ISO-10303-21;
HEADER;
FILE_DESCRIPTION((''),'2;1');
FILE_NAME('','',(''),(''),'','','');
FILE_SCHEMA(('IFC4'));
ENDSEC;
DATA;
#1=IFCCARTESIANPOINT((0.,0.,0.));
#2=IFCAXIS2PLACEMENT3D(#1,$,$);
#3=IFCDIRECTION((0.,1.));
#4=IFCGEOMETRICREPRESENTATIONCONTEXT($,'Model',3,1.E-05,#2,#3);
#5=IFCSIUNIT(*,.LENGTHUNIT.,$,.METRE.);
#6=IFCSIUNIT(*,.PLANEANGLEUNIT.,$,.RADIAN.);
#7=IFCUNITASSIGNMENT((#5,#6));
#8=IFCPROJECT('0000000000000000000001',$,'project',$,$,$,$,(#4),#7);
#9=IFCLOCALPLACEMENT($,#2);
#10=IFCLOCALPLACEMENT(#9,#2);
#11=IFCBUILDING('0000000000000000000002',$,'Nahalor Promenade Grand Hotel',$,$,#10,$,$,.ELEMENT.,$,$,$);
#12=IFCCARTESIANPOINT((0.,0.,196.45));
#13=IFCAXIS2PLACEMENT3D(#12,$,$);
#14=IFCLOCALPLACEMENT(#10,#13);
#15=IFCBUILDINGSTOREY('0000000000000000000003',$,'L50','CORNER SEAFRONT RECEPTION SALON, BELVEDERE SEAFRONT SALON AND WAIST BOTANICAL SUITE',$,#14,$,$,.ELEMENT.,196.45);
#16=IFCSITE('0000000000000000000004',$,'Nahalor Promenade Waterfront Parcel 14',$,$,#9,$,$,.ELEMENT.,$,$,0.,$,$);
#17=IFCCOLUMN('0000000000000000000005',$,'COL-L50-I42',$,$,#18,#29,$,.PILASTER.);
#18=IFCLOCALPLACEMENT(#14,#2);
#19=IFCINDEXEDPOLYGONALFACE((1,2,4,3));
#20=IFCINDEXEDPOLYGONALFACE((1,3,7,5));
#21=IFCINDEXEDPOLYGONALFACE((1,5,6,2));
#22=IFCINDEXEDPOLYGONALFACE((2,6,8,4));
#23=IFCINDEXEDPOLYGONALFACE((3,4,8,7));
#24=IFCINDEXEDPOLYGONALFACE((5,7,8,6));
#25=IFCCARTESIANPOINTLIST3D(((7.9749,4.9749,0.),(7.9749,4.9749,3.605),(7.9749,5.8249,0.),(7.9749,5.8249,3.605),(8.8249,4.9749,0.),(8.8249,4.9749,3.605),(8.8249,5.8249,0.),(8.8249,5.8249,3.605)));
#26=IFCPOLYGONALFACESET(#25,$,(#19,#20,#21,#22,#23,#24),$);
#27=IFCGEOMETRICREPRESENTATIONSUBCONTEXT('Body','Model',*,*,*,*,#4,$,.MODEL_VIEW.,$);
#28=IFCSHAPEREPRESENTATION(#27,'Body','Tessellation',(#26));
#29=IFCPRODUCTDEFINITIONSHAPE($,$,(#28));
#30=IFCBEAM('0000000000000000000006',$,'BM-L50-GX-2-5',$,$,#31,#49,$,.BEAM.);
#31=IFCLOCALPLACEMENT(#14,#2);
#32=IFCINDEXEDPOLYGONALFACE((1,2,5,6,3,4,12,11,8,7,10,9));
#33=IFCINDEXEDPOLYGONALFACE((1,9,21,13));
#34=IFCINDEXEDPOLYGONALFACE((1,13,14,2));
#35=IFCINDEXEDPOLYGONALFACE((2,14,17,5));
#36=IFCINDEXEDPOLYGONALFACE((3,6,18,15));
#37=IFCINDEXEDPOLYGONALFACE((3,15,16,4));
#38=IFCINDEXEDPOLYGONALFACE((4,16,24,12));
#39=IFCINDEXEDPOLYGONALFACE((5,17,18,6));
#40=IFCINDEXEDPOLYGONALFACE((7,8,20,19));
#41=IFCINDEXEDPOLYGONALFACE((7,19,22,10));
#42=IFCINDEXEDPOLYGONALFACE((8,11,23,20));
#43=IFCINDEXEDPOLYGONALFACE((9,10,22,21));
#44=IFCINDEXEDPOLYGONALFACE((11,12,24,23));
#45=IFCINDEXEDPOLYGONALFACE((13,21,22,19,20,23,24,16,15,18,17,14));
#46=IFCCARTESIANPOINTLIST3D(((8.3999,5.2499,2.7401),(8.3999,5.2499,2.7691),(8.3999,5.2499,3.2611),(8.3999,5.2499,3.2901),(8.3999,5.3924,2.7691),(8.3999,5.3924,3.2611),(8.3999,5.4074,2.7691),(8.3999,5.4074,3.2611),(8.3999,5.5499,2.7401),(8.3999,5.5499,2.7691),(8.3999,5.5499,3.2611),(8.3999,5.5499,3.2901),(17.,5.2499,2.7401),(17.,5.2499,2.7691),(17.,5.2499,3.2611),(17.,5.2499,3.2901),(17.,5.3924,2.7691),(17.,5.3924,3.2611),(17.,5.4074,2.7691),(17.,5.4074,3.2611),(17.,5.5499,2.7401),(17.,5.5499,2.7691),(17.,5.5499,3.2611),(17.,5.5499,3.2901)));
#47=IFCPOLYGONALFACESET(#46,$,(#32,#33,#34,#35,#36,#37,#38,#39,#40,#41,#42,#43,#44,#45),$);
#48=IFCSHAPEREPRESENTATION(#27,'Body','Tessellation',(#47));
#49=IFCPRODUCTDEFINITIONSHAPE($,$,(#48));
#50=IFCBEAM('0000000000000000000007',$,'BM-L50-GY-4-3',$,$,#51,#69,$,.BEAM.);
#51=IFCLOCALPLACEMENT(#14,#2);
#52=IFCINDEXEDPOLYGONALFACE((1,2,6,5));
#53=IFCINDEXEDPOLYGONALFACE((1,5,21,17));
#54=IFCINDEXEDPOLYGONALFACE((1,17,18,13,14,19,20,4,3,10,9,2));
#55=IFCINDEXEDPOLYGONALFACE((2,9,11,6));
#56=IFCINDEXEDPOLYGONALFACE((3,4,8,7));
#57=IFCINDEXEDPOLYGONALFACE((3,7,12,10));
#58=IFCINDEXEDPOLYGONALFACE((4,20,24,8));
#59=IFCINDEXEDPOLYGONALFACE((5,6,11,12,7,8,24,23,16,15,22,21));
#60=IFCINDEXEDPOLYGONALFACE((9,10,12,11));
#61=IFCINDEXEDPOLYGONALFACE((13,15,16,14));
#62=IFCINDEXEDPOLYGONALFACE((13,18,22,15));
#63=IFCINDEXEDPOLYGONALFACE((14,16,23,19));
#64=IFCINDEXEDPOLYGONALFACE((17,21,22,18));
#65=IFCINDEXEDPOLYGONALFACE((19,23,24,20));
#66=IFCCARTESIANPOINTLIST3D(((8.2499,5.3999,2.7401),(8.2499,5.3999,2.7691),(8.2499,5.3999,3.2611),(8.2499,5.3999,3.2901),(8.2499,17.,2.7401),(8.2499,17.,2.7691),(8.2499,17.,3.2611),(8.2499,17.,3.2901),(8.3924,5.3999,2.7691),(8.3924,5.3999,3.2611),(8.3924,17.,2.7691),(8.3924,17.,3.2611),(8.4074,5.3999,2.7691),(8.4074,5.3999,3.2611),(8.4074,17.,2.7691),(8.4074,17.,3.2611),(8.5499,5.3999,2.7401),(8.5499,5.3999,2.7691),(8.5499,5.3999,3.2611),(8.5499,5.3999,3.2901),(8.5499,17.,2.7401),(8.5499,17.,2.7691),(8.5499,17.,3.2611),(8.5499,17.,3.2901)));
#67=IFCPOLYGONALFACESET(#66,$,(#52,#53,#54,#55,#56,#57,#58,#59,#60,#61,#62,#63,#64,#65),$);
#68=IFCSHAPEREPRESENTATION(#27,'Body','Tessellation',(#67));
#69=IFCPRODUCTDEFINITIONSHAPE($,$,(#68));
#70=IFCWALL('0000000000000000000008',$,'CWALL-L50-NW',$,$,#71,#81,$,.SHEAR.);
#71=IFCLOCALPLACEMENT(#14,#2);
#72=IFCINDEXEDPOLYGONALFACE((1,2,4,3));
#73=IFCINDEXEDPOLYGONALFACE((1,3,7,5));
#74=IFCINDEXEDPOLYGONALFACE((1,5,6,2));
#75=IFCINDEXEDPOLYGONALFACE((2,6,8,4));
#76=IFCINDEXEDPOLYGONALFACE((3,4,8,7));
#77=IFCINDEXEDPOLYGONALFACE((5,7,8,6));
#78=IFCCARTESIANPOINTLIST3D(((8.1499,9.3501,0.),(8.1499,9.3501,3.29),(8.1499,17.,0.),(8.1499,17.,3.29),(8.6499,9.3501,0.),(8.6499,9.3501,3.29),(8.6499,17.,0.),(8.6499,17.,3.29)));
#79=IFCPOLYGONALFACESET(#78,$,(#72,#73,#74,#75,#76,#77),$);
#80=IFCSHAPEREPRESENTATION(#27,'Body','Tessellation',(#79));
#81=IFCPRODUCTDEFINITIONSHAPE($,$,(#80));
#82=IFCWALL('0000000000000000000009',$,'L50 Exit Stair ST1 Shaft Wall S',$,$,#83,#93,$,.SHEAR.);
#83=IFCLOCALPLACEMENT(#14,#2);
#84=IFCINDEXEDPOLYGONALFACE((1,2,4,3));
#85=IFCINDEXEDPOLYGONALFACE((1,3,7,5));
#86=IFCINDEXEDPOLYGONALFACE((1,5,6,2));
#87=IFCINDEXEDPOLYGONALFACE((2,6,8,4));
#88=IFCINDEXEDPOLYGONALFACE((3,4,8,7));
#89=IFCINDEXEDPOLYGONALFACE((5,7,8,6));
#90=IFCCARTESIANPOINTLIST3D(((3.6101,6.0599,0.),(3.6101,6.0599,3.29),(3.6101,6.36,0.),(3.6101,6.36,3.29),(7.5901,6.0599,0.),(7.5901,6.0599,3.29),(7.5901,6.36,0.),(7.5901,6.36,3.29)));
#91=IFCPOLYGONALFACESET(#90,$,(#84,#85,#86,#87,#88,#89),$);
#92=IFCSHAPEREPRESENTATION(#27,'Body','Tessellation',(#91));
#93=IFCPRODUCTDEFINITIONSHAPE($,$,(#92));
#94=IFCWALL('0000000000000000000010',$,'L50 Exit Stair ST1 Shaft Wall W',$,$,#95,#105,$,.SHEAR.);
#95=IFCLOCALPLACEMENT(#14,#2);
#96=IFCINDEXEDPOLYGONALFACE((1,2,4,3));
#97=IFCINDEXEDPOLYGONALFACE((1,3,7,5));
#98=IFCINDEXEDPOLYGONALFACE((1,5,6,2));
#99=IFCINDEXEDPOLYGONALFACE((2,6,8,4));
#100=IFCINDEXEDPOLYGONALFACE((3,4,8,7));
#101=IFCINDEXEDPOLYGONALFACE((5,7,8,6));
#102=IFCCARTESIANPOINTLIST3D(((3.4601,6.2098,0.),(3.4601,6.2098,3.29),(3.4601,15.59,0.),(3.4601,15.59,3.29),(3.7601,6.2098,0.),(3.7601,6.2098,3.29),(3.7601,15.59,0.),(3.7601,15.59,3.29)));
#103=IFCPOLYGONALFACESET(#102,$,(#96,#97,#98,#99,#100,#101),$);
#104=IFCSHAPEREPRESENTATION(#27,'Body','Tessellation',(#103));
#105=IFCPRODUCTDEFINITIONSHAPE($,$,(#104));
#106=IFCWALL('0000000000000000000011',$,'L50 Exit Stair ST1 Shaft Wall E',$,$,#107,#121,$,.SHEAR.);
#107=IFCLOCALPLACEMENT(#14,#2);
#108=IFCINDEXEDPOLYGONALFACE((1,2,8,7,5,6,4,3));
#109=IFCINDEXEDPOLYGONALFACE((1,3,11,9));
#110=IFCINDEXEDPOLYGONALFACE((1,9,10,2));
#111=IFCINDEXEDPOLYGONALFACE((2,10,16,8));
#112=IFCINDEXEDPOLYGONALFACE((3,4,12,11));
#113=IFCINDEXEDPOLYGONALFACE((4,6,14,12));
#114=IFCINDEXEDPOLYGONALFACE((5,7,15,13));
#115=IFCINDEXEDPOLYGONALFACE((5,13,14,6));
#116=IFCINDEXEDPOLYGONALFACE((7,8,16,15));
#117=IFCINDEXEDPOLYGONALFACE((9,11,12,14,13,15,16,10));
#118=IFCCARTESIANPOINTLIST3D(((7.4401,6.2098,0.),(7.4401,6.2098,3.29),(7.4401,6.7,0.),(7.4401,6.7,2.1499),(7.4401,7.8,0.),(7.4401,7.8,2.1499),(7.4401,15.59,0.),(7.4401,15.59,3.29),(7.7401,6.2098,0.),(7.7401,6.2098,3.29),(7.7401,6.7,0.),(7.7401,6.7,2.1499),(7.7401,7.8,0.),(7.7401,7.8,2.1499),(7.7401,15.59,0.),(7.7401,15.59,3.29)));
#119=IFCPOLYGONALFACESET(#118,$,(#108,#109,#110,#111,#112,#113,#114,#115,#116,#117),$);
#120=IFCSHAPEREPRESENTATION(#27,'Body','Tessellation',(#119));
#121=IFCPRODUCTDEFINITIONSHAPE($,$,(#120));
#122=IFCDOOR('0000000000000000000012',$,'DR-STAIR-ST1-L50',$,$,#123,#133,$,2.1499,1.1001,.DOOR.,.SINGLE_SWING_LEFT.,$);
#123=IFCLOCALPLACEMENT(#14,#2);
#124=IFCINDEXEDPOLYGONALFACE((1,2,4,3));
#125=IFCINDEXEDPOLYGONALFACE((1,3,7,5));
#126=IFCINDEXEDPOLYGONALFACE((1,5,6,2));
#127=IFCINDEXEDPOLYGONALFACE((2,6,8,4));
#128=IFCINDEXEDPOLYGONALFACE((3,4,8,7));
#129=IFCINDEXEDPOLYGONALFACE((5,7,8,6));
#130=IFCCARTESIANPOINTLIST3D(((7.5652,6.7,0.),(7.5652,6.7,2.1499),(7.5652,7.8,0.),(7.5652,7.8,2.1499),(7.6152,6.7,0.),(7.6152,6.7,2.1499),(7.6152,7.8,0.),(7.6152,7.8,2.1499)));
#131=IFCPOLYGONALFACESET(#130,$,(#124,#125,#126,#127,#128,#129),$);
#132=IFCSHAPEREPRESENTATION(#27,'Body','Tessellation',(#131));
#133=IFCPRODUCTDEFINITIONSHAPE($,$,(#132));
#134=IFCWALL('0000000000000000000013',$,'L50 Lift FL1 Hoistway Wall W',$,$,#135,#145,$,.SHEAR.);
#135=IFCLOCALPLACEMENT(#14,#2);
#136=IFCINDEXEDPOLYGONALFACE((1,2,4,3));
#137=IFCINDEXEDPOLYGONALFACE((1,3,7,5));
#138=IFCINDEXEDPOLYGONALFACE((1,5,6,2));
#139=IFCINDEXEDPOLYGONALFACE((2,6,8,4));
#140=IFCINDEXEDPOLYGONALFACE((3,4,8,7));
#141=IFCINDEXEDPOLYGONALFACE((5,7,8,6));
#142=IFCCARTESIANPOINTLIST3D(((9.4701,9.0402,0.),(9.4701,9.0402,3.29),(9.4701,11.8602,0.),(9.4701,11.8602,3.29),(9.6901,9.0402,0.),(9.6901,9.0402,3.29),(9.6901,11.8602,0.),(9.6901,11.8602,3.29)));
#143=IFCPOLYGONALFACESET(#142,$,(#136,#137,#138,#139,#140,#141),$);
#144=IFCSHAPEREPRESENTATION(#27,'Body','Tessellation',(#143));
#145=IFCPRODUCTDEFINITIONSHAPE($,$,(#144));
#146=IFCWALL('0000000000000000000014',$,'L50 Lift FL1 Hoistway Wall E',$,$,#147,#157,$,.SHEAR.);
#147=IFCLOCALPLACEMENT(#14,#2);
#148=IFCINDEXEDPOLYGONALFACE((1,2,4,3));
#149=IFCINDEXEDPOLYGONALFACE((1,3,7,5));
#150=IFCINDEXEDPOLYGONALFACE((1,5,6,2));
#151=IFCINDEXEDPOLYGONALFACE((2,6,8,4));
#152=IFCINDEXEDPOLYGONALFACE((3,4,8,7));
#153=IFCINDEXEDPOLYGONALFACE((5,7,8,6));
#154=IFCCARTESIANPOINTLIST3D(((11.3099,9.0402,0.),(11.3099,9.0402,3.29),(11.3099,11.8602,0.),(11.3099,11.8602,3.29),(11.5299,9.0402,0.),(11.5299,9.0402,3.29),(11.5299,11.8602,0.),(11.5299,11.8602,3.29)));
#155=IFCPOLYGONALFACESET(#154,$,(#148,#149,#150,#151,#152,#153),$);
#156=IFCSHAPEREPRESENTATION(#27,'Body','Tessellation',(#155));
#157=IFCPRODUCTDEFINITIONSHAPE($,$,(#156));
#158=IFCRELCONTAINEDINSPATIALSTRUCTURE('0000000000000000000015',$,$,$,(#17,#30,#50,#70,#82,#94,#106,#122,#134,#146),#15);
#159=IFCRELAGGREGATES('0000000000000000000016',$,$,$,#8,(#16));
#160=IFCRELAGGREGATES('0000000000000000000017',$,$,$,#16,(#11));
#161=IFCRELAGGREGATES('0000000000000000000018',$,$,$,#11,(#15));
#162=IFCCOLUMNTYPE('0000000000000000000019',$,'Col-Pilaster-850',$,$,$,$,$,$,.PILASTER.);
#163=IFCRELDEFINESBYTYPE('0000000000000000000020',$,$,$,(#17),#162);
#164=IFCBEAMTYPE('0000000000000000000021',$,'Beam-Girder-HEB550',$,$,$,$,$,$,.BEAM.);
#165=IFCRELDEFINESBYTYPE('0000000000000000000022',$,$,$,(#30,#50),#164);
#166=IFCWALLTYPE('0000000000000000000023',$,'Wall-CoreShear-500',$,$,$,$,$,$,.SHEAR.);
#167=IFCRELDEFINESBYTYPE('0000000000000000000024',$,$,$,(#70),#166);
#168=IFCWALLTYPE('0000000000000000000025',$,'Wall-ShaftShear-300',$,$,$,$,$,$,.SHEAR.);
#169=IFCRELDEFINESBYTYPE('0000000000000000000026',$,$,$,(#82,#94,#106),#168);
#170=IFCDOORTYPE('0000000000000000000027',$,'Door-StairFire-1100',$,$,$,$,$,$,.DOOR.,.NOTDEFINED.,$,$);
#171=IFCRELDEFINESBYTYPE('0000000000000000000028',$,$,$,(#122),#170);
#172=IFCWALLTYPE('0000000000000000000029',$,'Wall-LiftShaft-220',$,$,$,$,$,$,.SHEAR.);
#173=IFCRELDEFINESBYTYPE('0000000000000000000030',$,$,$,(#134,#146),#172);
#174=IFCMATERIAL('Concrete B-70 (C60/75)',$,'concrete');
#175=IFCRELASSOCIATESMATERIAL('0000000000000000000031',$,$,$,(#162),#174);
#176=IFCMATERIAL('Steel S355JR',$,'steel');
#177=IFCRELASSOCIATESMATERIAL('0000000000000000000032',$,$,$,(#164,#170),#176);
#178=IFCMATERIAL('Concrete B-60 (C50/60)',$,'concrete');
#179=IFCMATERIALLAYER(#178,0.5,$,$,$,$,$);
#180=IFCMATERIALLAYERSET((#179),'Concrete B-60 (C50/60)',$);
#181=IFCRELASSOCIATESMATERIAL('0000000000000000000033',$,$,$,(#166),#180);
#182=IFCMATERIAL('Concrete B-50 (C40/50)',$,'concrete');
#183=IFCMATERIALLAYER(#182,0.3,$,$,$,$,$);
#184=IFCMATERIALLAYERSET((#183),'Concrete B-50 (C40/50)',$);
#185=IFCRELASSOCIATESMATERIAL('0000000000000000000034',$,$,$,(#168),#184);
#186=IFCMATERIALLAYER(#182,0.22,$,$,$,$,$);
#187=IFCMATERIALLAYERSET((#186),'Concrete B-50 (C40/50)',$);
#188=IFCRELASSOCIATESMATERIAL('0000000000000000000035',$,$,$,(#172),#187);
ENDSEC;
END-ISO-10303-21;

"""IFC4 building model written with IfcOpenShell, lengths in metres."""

from ifc_helpers import new_model, si_unit, direction, frame, frame_2d, origin, origin_2d, place, context, subcontext, project, spatial, rectangle, i_section, extrude, source, transform, mapped, material, layer, layer_set, material_profile, profile_set, type_object, element, fill, save


model = new_model("IFC4")

# Units and contexts
model_context = context("Model", 3, precision=1e-05, world=origin(), true_north=direction((0.0, 1.0)))
body_context = subcontext(model_context, "Body", "Model", "MODEL_VIEW")
ifc_project = project(units=[si_unit("LENGTHUNIT", "METRE"), si_unit("PLANEANGLEUNIT", "RADIAN")], contexts=[model_context])

# Site, building, storey
site_placement = place(None, origin())
site = spatial("IfcSite", under=ifc_project, at=site_placement, Name="Nahalor Promenade Waterfront Parcel 14", CompositionType="ELEMENT", RefElevation=0.0)
building_placement = place(site_placement, origin())
building = spatial("IfcBuilding", under=site, at=building_placement, Name="Nahalor Promenade Grand Hotel", CompositionType="ELEMENT")
storey_placement = place(building_placement, frame((0.0, 0.0, 196.45)))
storey = spatial("IfcBuildingStorey", under=building, at=storey_placement, Name="L50", Description="CORNER SEAFRONT RECEPTION SALON, BELVEDERE SEAFRONT SALON AND WAIST BOTANICAL SUITE", CompositionType="ELEMENT", Elevation=196.45)

# Column
ifc_material_1 = material(Name="Concrete B-70 (C60/75)", Category="concrete")
ifc_material_profile_1 = material_profile(ifc_material_1, rectangle(XDim=0.85, YDim=0.85, at=origin_2d()), Name="RC 850x850")
ifc_profile_set_1 = profile_set([ifc_material_profile_1], Name="Concrete B-70 (C60/75)")
column_type = type_object("IfcColumnType", Name="Col-Pilaster-850", PredefinedType="PILASTER", material=ifc_profile_set_1)
shared_shape_1 = source(origin(), body_context, "Body", "SweptSolid", [
    extrude(rectangle(XDim=0.85, YDim=0.85, at=origin_2d()), origin(), (0.0, 0.0, 1.0), 3.605),
])
column_placement = place(storey_placement, frame((8.3999, 5.3999, 0.0), z_axis=(0.0, 0.0, 1.0), x_axis=(1.0, 0.0, 0.0)))
element("IfcColumn", 1, at=column_placement, inside=storey, type_object=column_type, Name="COL-L50-I42", PredefinedType="PILASTER", context=body_context, shape_type="MappedRepresentation", body=[
    mapped(shared_shape_1, transform((0.0, 0.0, 0.0), scale=1.0)),
])

# Beams
ifc_material_2 = material(Name="Steel S355JR", Category="steel")
ifc_material_profile_2 = material_profile(ifc_material_2, i_section(OverallWidth=0.3, OverallDepth=0.55, WebThickness=0.015, FlangeThickness=0.029, at=origin_2d()), Name="HEB 550")
ifc_profile_set_2 = profile_set([ifc_material_profile_2], Name="Steel S355JR")
beam_type = type_object("IfcBeamType", Name="Beam-Girder-HEB550", PredefinedType="BEAM", material=ifc_profile_set_2)
shared_shape_2 = source(origin(), body_context, "Body", "SweptSolid", [
    extrude(i_section(OverallWidth=0.3, OverallDepth=0.55, WebThickness=0.015, FlangeThickness=0.029, at=origin_2d()), origin(), (0.0, 0.0, 1.0), 8.6001),
])
beam_1_placement = place(storey_placement, frame((8.3999, 5.3999, 3.0151), z_axis=(1.0, 0.0, 0.0), x_axis=(0.0, 1.0, 0.0)))
element("IfcBeam", 2, at=beam_1_placement, inside=storey, type_object=beam_type, Name="BM-L50-GX-2-5", PredefinedType="BEAM", context=body_context, shape_type="MappedRepresentation", body=[
    mapped(shared_shape_2, transform((0.0, 0.0, 0.0), scale=1.0)),
])
shared_shape_3 = source(origin(), body_context, "Body", "SweptSolid", [
    extrude(i_section(OverallWidth=0.3, OverallDepth=0.55, WebThickness=0.015, FlangeThickness=0.029, at=origin_2d()), origin(), (0.0, 0.0, 1.0), 11.6001),
])
beam_2_placement = place(storey_placement, frame((8.3999, 5.3999, 3.0151), z_axis=(0.0, 1.0, 0.0), x_axis=(-1.0, 0.0, 0.0)))
element("IfcBeam", 3, at=beam_2_placement, inside=storey, type_object=beam_type, Name="BM-L50-GY-4-3", PredefinedType="BEAM", context=body_context, shape_type="MappedRepresentation", body=[
    mapped(shared_shape_3, transform((0.0, 0.0, 0.0), scale=1.0)),
])

# Walls
ifc_material_3 = material(Name="Concrete B-60 (C50/60)", Category="concrete")
ifc_layer_1 = layer(ifc_material_3, 0.5)
ifc_layer_set_1 = layer_set([ifc_layer_1], Name="Concrete B-60 (C50/60)")
wall_type_1 = type_object("IfcWallType", Name="Wall-CoreShear-500", PredefinedType="SHEAR", material=ifc_layer_set_1)
shared_shape_4 = source(origin(), body_context, "Body", "SweptSolid", [
    extrude(rectangle(XDim=7.6499, YDim=0.5, at=frame_2d((3.825, 0.0))), origin(), (0.0, 0.0, 1.0), 3.29),
])
wall_1_placement = place(storey_placement, frame((8.3999, 9.3501, 0.0), z_axis=(0.0, 0.0, 1.0), x_axis=(0.0, 1.0, 0.0)))
element("IfcWall", 4, at=wall_1_placement, inside=storey, type_object=wall_type_1, Name="CWALL-L50-NW", PredefinedType="SHEAR", context=body_context, shape_type="MappedRepresentation", body=[
    mapped(shared_shape_4, transform((0.0, 0.0, 0.0), scale=1.0)),
])
ifc_material_4 = material(Name="Concrete B-50 (C40/50)", Category="concrete")
ifc_layer_2 = layer(ifc_material_4, 0.3)
ifc_layer_set_2 = layer_set([ifc_layer_2], Name="Concrete B-50 (C40/50)")
wall_type_2 = type_object("IfcWallType", Name="Wall-ShaftShear-300", PredefinedType="SHEAR", material=ifc_layer_set_2)
shared_shape_5 = source(origin(), body_context, "Body", "SweptSolid", [
    extrude(rectangle(XDim=3.98, YDim=0.3, at=frame_2d((1.99, 0.0))), origin(), (0.0, 0.0, 1.0), 3.29),
])
wall_2_placement = place(storey_placement, frame((3.6101, 6.21, 0.0), z_axis=(0.0, 0.0, 1.0), x_axis=(1.0, 0.0, 0.0)))
element("IfcWall", 5, at=wall_2_placement, inside=storey, type_object=wall_type_2, Name="L50 Exit Stair ST1 Shaft Wall S", PredefinedType="SHEAR", context=body_context, shape_type="MappedRepresentation", body=[
    mapped(shared_shape_5, transform((0.0, 0.0, 0.0), scale=1.0)),
])
shared_shape_6 = source(origin(), body_context, "Body", "SweptSolid", [
    extrude(rectangle(XDim=9.3801, YDim=0.3, at=frame_2d((4.6899, 0.0))), origin(), (0.0, 0.0, 1.0), 3.29),
])
wall_3_placement = place(storey_placement, frame((3.6101, 6.21, 0.0), z_axis=(0.0, 0.0, 1.0), x_axis=(0.0, 1.0, 0.0)))
element("IfcWall", 6, at=wall_3_placement, inside=storey, type_object=wall_type_2, Name="L50 Exit Stair ST1 Shaft Wall W", PredefinedType="SHEAR", context=body_context, shape_type="MappedRepresentation", body=[
    mapped(shared_shape_6, transform((0.0, 0.0, 0.0), scale=1.0)),
])

# Wall, opening, door
wall_4_placement = place(storey_placement, frame((7.5901, 6.21, 0.0), z_axis=(0.0, 0.0, 1.0), x_axis=(0.0, 1.0, 0.0)))
wall_4 = element("IfcWall", 7, at=wall_4_placement, inside=storey, type_object=wall_type_2, Name="L50 Exit Stair ST1 Shaft Wall E", PredefinedType="SHEAR", context=body_context, shape_type="MappedRepresentation", body=[
    mapped(shared_shape_6, transform((0.0, 0.0, 0.0), scale=1.0)),
])
opening_1_placement = place(wall_4_placement, frame((0.49, 0.0, 0.0)))
opening_1 = element("IfcOpeningElement", 8, at=opening_1_placement, cuts=wall_4, PredefinedType="OPENING", context=body_context, shape_type="SweptSolid", body=[
    extrude(rectangle(XDim=1.1001, YDim=2.1499, at=frame_2d((0.55, 1.075))), frame((0.0, 0.1599, 0.0), z_axis=(0.0, -1.0, 0.0), x_axis=(1.0, 0.0, 0.0)), (0.0, 0.0, 1.0), 0.3201),
])
door_type_1 = type_object("IfcDoorType", Name="Door-StairFire-1100", OperationType="NOTDEFINED", PredefinedType="DOOR", material=ifc_material_2)
shared_shape_7 = source(origin(), body_context, "Body", "SweptSolid", [
    extrude(rectangle(XDim=1.1001, YDim=2.1499, at=frame_2d((0.55, 1.075))), frame((0.0, 0.0249, 0.0), z_axis=(0.0, -1.0, 0.0), x_axis=(1.0, 0.0, 0.0)), (0.0, 0.0, 1.0), 0.05),
])
door_1_placement = place(opening_1_placement, origin())
door_1 = element("IfcDoor", 9, at=door_1_placement, inside=storey, type_object=door_type_1, Name="DR-STAIR-ST1-L50", OperationType="SINGLE_SWING_LEFT", OverallHeight=2.1499, OverallWidth=1.1001, PredefinedType="DOOR", context=body_context, shape_type="MappedRepresentation", body=[
    mapped(shared_shape_7, transform((0.0, 0.0, 0.0), scale=1.0)),
])
fill(opening_1, door_1)

# Walls
ifc_layer_3 = layer(ifc_material_4, 0.22)
ifc_layer_set_3 = layer_set([ifc_layer_3], Name="Concrete B-50 (C40/50)")
wall_type_3 = type_object("IfcWallType", Name="Wall-LiftShaft-220", PredefinedType="SHEAR", material=ifc_layer_set_3)
shared_shape_8 = source(origin(), body_context, "Body", "SweptSolid", [
    extrude(rectangle(XDim=2.8201, YDim=0.22, at=frame_2d((1.4102, 0.0))), origin(), (0.0, 0.0, 1.0), 3.29),
])
for number, where, z_axis, x_axis, name in (
    (10, (9.5801, 9.04, 0.0), (0.0, 0.0, 1.0), (0.0, 1.0, 0.0), "L50 Lift FL1 Hoistway Wall W"),
    (11, (11.4199, 9.04, 0.0), (0.0, 0.0, 1.0), (0.0, 1.0, 0.0), "L50 Lift FL1 Hoistway Wall E"),
):
    element("IfcWall", number, at=place(storey_placement, frame(where, z_axis=z_axis, x_axis=x_axis)), inside=storey, type_object=wall_type_3, Name=name, PredefinedType="SHEAR", context=body_context, shape_type="MappedRepresentation", body=[
        mapped(shared_shape_8, transform((0.0, 0.0, 0.0), scale=1.0)),
    ])

save(model, "model.ifc")
